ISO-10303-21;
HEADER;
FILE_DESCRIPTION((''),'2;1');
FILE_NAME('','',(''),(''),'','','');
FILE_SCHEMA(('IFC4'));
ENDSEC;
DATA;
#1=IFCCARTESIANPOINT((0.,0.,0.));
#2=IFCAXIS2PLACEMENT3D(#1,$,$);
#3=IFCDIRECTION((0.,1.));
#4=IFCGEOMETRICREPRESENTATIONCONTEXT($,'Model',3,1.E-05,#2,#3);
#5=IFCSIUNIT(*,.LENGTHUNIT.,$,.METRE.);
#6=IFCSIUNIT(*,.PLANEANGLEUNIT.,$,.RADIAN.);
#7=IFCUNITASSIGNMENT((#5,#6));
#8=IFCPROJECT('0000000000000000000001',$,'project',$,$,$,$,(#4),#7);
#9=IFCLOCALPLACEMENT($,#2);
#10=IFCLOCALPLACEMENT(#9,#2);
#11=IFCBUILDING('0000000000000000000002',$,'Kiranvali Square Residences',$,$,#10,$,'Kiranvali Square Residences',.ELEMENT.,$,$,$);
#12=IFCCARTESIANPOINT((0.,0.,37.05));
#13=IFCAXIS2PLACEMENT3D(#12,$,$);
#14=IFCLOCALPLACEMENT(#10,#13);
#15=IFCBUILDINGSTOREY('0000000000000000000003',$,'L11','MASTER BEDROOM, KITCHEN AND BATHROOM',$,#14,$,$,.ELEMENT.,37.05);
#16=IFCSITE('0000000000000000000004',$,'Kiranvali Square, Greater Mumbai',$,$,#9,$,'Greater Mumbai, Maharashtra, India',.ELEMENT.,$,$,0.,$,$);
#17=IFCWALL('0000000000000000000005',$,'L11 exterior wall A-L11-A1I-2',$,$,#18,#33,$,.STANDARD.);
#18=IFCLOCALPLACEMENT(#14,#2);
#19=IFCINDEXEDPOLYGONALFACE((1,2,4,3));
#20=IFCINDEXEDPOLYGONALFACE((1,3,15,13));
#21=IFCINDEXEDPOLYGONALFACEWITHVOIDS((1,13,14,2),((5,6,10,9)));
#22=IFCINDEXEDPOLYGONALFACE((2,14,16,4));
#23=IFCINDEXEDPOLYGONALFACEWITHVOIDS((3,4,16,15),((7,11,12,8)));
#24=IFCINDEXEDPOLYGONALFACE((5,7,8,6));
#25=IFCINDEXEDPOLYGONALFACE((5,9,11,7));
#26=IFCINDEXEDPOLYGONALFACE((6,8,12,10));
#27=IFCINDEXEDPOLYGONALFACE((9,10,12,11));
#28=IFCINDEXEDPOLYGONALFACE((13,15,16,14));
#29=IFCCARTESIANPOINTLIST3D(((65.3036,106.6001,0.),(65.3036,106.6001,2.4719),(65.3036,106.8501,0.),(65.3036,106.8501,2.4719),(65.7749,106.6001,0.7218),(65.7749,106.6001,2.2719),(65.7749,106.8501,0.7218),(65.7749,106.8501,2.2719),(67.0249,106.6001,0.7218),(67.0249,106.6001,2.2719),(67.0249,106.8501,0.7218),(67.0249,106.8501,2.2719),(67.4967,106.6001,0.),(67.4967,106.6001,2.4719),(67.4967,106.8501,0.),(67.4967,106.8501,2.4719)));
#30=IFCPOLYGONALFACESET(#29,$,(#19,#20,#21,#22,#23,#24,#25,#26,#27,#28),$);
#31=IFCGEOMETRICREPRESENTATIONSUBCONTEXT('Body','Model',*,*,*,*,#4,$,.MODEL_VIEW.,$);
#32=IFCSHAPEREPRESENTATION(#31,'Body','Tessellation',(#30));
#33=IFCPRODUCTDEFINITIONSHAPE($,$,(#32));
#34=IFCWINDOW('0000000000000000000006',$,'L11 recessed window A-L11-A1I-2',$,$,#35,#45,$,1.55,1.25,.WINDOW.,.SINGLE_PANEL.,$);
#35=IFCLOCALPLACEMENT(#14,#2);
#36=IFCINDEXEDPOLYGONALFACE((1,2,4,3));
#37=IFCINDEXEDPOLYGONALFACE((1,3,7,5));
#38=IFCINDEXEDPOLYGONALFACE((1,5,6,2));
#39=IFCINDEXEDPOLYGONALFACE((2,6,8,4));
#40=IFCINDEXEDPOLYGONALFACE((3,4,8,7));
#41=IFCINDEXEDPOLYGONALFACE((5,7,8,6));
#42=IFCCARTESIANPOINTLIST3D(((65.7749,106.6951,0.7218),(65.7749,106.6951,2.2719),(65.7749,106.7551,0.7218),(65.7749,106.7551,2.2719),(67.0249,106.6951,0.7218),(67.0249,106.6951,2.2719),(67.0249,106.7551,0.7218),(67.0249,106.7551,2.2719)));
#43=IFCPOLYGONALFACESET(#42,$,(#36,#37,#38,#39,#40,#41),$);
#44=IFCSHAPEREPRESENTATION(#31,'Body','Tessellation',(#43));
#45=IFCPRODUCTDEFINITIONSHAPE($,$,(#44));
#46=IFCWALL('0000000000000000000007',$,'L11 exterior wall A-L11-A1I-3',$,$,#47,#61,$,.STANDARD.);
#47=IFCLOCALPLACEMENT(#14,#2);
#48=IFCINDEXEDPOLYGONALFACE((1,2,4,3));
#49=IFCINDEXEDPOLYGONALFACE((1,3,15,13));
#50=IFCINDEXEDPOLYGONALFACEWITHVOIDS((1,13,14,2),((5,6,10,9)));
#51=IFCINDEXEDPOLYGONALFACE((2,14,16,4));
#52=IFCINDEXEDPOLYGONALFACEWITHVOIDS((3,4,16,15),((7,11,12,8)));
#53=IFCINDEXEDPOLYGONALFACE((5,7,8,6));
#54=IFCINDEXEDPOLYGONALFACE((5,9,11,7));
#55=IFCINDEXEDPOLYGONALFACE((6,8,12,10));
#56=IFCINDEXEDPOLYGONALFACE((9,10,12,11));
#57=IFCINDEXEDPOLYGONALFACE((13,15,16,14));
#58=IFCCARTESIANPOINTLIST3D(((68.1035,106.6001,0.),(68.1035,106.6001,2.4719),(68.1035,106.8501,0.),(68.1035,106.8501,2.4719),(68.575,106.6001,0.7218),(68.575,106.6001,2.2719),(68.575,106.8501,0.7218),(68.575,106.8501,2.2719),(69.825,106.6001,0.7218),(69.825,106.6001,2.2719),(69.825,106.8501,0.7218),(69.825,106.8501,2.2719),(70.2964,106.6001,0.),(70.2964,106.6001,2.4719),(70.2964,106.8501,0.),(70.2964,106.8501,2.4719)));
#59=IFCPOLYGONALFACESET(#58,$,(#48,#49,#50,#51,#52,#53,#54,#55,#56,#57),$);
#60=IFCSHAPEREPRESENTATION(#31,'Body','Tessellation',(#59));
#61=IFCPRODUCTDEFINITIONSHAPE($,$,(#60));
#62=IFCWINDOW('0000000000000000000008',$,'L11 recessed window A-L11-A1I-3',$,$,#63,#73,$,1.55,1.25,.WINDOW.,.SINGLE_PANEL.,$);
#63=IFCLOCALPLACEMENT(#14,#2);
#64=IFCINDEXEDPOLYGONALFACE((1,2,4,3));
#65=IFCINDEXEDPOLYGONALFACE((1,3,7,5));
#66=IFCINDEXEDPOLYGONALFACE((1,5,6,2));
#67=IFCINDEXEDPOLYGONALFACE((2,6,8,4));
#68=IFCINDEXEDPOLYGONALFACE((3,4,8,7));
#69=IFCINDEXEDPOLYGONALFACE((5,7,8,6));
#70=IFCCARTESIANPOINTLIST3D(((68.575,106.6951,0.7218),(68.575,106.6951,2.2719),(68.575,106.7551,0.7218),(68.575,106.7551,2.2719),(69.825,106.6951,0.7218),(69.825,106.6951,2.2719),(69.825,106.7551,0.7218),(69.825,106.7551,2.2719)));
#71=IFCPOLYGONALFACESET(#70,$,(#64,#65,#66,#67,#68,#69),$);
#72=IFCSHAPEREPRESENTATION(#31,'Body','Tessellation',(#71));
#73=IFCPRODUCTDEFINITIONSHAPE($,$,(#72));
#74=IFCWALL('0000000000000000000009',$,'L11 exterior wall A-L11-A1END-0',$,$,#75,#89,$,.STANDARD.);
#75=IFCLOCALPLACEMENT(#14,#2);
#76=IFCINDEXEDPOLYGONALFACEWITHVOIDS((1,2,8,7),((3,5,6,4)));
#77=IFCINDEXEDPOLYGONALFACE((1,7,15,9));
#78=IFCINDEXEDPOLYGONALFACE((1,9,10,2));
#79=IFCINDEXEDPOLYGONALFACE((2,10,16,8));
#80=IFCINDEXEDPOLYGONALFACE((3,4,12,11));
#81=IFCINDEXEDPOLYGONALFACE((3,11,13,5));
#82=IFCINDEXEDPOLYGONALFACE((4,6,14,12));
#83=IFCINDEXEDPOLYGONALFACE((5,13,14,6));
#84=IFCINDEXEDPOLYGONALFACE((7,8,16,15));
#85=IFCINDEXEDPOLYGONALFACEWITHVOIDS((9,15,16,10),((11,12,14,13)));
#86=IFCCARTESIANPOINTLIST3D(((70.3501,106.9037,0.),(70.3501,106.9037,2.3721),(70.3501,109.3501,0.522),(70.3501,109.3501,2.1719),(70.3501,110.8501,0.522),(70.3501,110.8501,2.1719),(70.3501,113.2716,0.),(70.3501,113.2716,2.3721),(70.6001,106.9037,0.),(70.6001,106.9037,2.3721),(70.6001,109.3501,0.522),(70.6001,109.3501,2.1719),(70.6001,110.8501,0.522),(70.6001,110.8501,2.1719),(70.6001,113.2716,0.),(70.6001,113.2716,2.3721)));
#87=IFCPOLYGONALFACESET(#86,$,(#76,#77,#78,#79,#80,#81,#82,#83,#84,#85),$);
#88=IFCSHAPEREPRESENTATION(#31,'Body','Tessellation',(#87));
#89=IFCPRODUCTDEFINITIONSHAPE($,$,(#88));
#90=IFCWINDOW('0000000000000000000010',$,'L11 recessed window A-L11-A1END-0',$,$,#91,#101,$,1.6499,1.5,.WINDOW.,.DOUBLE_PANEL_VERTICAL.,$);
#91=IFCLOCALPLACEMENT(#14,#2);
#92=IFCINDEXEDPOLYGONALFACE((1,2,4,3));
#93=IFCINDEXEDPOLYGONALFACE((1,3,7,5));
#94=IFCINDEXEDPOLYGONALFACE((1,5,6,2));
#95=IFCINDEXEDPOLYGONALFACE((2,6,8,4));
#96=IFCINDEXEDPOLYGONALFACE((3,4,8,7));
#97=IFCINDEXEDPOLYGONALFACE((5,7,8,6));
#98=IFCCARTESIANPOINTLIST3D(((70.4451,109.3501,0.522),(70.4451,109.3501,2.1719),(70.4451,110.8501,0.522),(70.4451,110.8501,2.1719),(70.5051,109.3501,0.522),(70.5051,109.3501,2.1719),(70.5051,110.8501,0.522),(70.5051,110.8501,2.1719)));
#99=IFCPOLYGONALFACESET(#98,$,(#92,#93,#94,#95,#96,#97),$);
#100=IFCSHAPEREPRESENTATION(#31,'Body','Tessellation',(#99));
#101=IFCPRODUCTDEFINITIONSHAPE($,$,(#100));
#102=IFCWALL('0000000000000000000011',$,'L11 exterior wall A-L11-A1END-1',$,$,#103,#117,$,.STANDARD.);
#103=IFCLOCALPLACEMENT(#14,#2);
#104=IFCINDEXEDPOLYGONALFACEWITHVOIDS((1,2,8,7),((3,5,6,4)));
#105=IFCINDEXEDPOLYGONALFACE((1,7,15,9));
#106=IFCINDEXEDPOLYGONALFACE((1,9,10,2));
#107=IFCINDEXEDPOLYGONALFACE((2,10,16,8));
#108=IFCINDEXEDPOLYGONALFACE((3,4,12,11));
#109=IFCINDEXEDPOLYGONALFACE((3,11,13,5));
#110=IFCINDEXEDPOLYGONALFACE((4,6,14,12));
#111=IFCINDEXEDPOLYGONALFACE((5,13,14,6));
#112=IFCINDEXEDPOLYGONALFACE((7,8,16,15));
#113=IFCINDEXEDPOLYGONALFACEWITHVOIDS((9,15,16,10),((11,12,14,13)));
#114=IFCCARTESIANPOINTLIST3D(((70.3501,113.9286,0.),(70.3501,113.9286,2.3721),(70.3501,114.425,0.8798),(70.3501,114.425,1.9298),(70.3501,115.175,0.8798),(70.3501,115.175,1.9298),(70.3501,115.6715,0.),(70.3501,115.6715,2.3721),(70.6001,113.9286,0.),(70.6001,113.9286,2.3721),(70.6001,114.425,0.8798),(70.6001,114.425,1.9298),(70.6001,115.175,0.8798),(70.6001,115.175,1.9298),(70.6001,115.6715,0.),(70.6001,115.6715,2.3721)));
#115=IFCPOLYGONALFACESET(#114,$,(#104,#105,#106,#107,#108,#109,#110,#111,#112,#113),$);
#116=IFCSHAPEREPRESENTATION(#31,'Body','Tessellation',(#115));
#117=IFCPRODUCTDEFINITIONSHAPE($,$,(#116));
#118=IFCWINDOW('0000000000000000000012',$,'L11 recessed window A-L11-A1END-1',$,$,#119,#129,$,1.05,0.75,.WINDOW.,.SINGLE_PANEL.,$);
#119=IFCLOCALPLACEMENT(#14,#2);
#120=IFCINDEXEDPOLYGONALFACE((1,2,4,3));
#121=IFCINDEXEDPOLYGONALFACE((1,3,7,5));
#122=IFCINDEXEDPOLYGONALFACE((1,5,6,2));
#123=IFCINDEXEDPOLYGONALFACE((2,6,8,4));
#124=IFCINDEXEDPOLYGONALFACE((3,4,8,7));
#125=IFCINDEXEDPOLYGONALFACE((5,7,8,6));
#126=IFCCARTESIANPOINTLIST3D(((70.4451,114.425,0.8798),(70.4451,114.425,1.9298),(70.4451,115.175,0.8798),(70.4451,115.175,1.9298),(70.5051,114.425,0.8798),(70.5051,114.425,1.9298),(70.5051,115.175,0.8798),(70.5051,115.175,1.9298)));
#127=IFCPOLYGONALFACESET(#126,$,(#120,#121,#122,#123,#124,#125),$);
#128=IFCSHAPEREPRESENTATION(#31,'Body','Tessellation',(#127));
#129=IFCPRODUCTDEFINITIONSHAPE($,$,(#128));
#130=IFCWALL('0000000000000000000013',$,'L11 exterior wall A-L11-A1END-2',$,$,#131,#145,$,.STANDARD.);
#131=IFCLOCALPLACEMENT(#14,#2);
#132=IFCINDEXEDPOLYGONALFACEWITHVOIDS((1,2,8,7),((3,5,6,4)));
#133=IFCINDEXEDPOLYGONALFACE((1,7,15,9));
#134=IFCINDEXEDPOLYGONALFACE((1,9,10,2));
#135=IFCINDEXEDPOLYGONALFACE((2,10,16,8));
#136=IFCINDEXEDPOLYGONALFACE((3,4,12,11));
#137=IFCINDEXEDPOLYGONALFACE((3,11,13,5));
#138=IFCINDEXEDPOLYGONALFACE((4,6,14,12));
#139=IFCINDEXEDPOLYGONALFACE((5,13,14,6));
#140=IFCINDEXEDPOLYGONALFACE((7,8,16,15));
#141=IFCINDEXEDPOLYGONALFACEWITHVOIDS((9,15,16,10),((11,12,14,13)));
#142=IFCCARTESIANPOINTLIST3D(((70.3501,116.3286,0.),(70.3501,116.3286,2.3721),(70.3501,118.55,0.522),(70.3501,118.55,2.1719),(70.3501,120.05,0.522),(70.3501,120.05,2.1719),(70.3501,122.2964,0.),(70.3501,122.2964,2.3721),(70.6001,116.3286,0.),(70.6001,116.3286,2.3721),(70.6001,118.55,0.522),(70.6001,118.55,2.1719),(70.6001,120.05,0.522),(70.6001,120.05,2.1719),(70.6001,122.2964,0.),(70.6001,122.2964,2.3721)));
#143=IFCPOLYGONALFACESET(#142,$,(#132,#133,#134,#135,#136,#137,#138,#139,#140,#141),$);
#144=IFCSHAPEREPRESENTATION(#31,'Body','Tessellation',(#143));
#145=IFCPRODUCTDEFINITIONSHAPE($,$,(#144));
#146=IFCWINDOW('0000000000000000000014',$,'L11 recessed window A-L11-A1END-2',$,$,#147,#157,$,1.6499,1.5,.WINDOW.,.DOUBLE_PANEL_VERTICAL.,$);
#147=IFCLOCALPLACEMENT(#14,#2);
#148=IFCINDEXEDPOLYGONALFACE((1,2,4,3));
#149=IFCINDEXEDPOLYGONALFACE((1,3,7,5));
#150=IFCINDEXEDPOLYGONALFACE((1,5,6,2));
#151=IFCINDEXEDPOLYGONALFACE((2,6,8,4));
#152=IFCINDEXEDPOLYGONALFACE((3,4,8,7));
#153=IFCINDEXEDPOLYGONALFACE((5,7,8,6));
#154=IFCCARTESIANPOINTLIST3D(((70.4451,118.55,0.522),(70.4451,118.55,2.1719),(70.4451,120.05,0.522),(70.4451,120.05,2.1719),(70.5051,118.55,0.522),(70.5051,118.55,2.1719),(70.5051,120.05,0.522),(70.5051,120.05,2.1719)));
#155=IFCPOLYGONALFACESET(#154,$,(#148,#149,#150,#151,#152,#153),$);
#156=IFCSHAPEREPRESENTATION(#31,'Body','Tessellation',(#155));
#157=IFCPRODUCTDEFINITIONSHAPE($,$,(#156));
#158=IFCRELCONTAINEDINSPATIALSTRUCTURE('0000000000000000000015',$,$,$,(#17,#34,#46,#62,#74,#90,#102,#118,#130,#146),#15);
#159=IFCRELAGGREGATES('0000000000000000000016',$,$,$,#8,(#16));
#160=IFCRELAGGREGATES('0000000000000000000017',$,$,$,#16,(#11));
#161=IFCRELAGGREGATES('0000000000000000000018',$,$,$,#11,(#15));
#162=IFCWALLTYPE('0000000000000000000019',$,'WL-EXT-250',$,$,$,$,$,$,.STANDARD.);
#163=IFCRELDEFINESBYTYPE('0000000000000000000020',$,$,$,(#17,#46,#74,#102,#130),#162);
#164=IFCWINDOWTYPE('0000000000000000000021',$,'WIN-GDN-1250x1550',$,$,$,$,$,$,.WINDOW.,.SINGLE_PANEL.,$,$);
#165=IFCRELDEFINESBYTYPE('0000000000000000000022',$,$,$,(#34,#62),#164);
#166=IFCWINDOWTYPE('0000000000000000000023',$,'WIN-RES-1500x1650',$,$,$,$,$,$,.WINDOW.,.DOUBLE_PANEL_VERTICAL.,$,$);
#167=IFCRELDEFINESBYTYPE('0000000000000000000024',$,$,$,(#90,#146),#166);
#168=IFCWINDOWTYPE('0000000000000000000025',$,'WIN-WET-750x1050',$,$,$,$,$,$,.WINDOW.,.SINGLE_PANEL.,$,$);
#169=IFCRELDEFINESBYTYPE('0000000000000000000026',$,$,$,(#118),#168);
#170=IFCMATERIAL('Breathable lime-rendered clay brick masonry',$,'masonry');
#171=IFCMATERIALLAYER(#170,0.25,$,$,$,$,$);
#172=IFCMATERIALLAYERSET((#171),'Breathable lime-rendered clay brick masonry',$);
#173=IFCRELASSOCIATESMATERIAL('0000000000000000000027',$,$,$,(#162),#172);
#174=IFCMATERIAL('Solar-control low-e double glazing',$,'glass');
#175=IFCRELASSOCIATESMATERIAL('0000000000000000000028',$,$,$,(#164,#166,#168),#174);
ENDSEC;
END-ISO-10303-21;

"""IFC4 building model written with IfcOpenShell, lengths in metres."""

from ifc_helpers import new_model, si_unit, direction, frame, frame_2d, origin, place, context, subcontext, project, spatial, rectangle, extrude, material, layer, layer_set, type_object, element, fill, save


model = new_model("IFC4")

# Units and contexts
model_context = context("Model", 3, precision=1e-05, world=origin(), true_north=direction((0.0, 1.0)))
body_context = subcontext(model_context, "Body", "Model", "MODEL_VIEW")
ifc_project = project(units=[si_unit("LENGTHUNIT", "METRE"), si_unit("PLANEANGLEUNIT", "RADIAN")], contexts=[model_context])

# Site, building, storey
site_placement = place(None, origin())
site = spatial("IfcSite", under=ifc_project, at=site_placement, Name="Kiranvali Square, Greater Mumbai", LongName="Greater Mumbai, Maharashtra, India", CompositionType="ELEMENT", RefElevation=0.0)
building_placement = place(site_placement, origin())
building = spatial("IfcBuilding", under=site, at=building_placement, Name="Kiranvali Square Residences", LongName="Kiranvali Square Residences", CompositionType="ELEMENT")
storey_placement = place(building_placement, frame((0.0, 0.0, 37.05)))
storey = spatial("IfcBuildingStorey", under=building, at=storey_placement, Name="L11", Description="MASTER BEDROOM, KITCHEN AND BATHROOM", CompositionType="ELEMENT", Elevation=37.05)

# Walls, openings, windows
ifc_material_1 = material(Name="Breathable lime-rendered clay brick masonry", Category="masonry")
ifc_layer_1 = layer(ifc_material_1, 0.25)
ifc_layer_set_1 = layer_set([ifc_layer_1], Name="Breathable lime-rendered clay brick masonry")
wall_type_1 = type_object("IfcWallType", Name="WL-EXT-250", PredefinedType="STANDARD", material=ifc_layer_set_1)
wall_1_placement = place(storey_placement, frame((65.3035, 106.7251, 0.0), z_axis=(0.0, 0.0, 1.0), x_axis=(1.0, 0.0, 0.0)))
wall_1 = element("IfcWall", 1, at=wall_1_placement, inside=storey, type_object=wall_type_1, Name="L11 exterior wall A-L11-A1I-2", PredefinedType="STANDARD", context=body_context, shape_type="SweptSolid", body=[
    extrude(rectangle(XDim=2.1931, YDim=0.25, at=frame_2d((1.0967, 0.0))), origin(), (0.0, 0.0, 1.0), 2.4719),
])
opening_1_placement = place(wall_1_placement, frame((0.4714, 0.0, 0.7219)))
opening_1 = element("IfcOpeningElement", 2, at=opening_1_placement, cuts=wall_1, PredefinedType="OPENING", context=body_context, shape_type="SweptSolid", body=[
    extrude(rectangle(XDim=1.25, YDim=1.55, at=frame_2d((0.625, 0.7749))), frame((0.0, 0.135, 0.0), z_axis=(0.0, -1.0, 0.0), x_axis=(1.0, 0.0, 0.0)), (0.0, 0.0, 1.0), 0.27),
])
ifc_material_2 = material(Name="Solar-control low-e double glazing", Category="glass")
window_type_1 = type_object("IfcWindowType", Name="WIN-GDN-1250x1550", PartitioningType="SINGLE_PANEL", PredefinedType="WINDOW", material=ifc_material_2)
window_1_placement = place(opening_1_placement, origin())
window_1 = element("IfcWindow", 3, at=window_1_placement, inside=storey, type_object=window_type_1, Name="L11 recessed window A-L11-A1I-2", OverallHeight=1.55, OverallWidth=1.25, PartitioningType="SINGLE_PANEL", PredefinedType="WINDOW", context=body_context, shape_type="SweptSolid", body=[
    extrude(rectangle(XDim=1.25, YDim=1.55, at=frame_2d((0.625, 0.7749))), frame((0.0, 0.03, 0.0), z_axis=(0.0, -1.0, 0.0), x_axis=(1.0, 0.0, 0.0)), (0.0, 0.0, 1.0), 0.0601),
])
fill(opening_1, window_1)
wall_2_placement = place(storey_placement, frame((68.1035, 106.7251, 0.0), z_axis=(0.0, 0.0, 1.0), x_axis=(1.0, 0.0, 0.0)))
wall_2 = element("IfcWall", 4, at=wall_2_placement, inside=storey, type_object=wall_type_1, Name="L11 exterior wall A-L11-A1I-3", PredefinedType="STANDARD", context=body_context, shape_type="SweptSolid", body=[
    extrude(rectangle(XDim=2.1929, YDim=0.25, at=frame_2d((1.0964, 0.0))), origin(), (0.0, 0.0, 1.0), 2.4719),
])
opening_2_placement = place(wall_2_placement, frame((0.4714, 0.0, 0.7219)))
opening_2 = element("IfcOpeningElement", 5, at=opening_2_placement, cuts=wall_2, PredefinedType="OPENING", context=body_context, shape_type="SweptSolid", body=[
    extrude(rectangle(XDim=1.25, YDim=1.55, at=frame_2d((0.625, 0.7749))), frame((0.0, 0.135, 0.0), z_axis=(0.0, -1.0, 0.0), x_axis=(1.0, 0.0, 0.0)), (0.0, 0.0, 1.0), 0.27),
])
window_2_placement = place(opening_2_placement, origin())
window_2 = element("IfcWindow", 6, at=window_2_placement, inside=storey, type_object=window_type_1, Name="L11 recessed window A-L11-A1I-3", OverallHeight=1.55, OverallWidth=1.25, PartitioningType="SINGLE_PANEL", PredefinedType="WINDOW", context=body_context, shape_type="SweptSolid", body=[
    extrude(rectangle(XDim=1.25, YDim=1.55, at=frame_2d((0.625, 0.7749))), frame((0.0, 0.03, 0.0), z_axis=(0.0, -1.0, 0.0), x_axis=(1.0, 0.0, 0.0)), (0.0, 0.0, 1.0), 0.0601),
])
fill(opening_2, window_2)
wall_3_placement = place(storey_placement, frame((70.4751, 106.9036, 0.0), z_axis=(0.0, 0.0, 1.0), x_axis=(0.0, 1.0, 0.0)))
wall_3 = element("IfcWall", 7, at=wall_3_placement, inside=storey, type_object=wall_type_1, Name="L11 exterior wall A-L11-A1END-0", PredefinedType="STANDARD", context=body_context, shape_type="SweptSolid", body=[
    extrude(rectangle(XDim=6.3679, YDim=0.25, at=frame_2d((3.1841, 0.0))), origin(), (0.0, 0.0, 1.0), 2.3721),
])
opening_3_placement = place(wall_3_placement, frame((2.4465, 0.0, 0.522)))
opening_3 = element("IfcOpeningElement", 8, at=opening_3_placement, cuts=wall_3, PredefinedType="OPENING", context=body_context, shape_type="SweptSolid", body=[
    extrude(rectangle(XDim=1.5, YDim=1.6499, at=frame_2d((0.75, 0.825))), frame((0.0, 0.135, 0.0), z_axis=(0.0, -1.0, 0.0), x_axis=(1.0, 0.0, 0.0)), (0.0, 0.0, 1.0), 0.27),
])
window_type_2 = type_object("IfcWindowType", Name="WIN-RES-1500x1650", PartitioningType="DOUBLE_PANEL_VERTICAL", PredefinedType="WINDOW", material=ifc_material_2)
window_3_placement = place(opening_3_placement, origin())
window_3 = element("IfcWindow", 9, at=window_3_placement, inside=storey, type_object=window_type_2, Name="L11 recessed window A-L11-A1END-0", OverallHeight=1.6499, OverallWidth=1.5, PartitioningType="DOUBLE_PANEL_VERTICAL", PredefinedType="WINDOW", context=body_context, shape_type="SweptSolid", body=[
    extrude(rectangle(XDim=1.5, YDim=1.6499, at=frame_2d((0.75, 0.825))), frame((0.0, 0.03, 0.0), z_axis=(0.0, -1.0, 0.0), x_axis=(1.0, 0.0, 0.0)), (0.0, 0.0, 1.0), 0.0601),
])
fill(opening_3, window_3)
wall_4_placement = place(storey_placement, frame((70.4751, 113.9285, 0.0), z_axis=(0.0, 0.0, 1.0), x_axis=(0.0, 1.0, 0.0)))
wall_4 = element("IfcWall", 10, at=wall_4_placement, inside=storey, type_object=wall_type_1, Name="L11 exterior wall A-L11-A1END-1", PredefinedType="STANDARD", context=body_context, shape_type="SweptSolid", body=[
    extrude(rectangle(XDim=1.7429, YDim=0.25, at=frame_2d((0.8716, 0.0))), origin(), (0.0, 0.0, 1.0), 2.3721),
])
opening_4_placement = place(wall_4_placement, frame((0.4966, 0.0, 0.8799)))
opening_4 = element("IfcOpeningElement", 11, at=opening_4_placement, cuts=wall_4, PredefinedType="OPENING", context=body_context, shape_type="SweptSolid", body=[
    extrude(rectangle(XDim=0.75, YDim=1.05, at=frame_2d((0.375, 0.5249))), frame((0.0, 0.135, 0.0), z_axis=(0.0, -1.0, 0.0), x_axis=(1.0, 0.0, 0.0)), (0.0, 0.0, 1.0), 0.27),
])
window_type_3 = type_object("IfcWindowType", Name="WIN-WET-750x1050", PartitioningType="SINGLE_PANEL", PredefinedType="WINDOW", material=ifc_material_2)
window_4_placement = place(opening_4_placement, origin())
window_4 = element("IfcWindow", 12, at=window_4_placement, inside=storey, type_object=window_type_3, Name="L11 recessed window A-L11-A1END-1", OverallHeight=1.05, OverallWidth=0.75, PartitioningType="SINGLE_PANEL", PredefinedType="WINDOW", context=body_context, shape_type="SweptSolid", body=[
    extrude(rectangle(XDim=0.75, YDim=1.05, at=frame_2d((0.375, 0.5249))), frame((0.0, 0.03, 0.0), z_axis=(0.0, -1.0, 0.0), x_axis=(1.0, 0.0, 0.0)), (0.0, 0.0, 1.0), 0.0601),
])
fill(opening_4, window_4)
wall_5_placement = place(storey_placement, frame((70.4751, 116.3286, 0.0), z_axis=(0.0, 0.0, 1.0), x_axis=(0.0, 1.0, 0.0)))
wall_5 = element("IfcWall", 13, at=wall_5_placement, inside=storey, type_object=wall_type_1, Name="L11 exterior wall A-L11-A1END-2", PredefinedType="STANDARD", context=body_context, shape_type="SweptSolid", body=[
    extrude(rectangle(XDim=5.9678, YDim=0.25, at=frame_2d((2.9839, 0.0))), origin(), (0.0, 0.0, 1.0), 2.3721),
])
opening_5_placement = place(wall_5_placement, frame((2.2214, 0.0, 0.522)))
opening_5 = element("IfcOpeningElement", 14, at=opening_5_placement, cuts=wall_5, PredefinedType="OPENING", context=body_context, shape_type="SweptSolid", body=[
    extrude(rectangle(XDim=1.5, YDim=1.6499, at=frame_2d((0.75, 0.825))), frame((0.0, 0.135, 0.0), z_axis=(0.0, -1.0, 0.0), x_axis=(1.0, 0.0, 0.0)), (0.0, 0.0, 1.0), 0.27),
])
window_5_placement = place(opening_5_placement, origin())
window_5 = element("IfcWindow", 15, at=window_5_placement, inside=storey, type_object=window_type_2, Name="L11 recessed window A-L11-A1END-2", OverallHeight=1.6499, OverallWidth=1.5, PartitioningType="DOUBLE_PANEL_VERTICAL", PredefinedType="WINDOW", context=body_context, shape_type="SweptSolid", body=[
    extrude(rectangle(XDim=1.5, YDim=1.6499, at=frame_2d((0.75, 0.825))), frame((0.0, 0.03, 0.0), z_axis=(0.0, -1.0, 0.0), x_axis=(1.0, 0.0, 0.0)), (0.0, 0.0, 1.0), 0.0601),
])
fill(opening_5, window_5)

save(model, "model.ifc")
